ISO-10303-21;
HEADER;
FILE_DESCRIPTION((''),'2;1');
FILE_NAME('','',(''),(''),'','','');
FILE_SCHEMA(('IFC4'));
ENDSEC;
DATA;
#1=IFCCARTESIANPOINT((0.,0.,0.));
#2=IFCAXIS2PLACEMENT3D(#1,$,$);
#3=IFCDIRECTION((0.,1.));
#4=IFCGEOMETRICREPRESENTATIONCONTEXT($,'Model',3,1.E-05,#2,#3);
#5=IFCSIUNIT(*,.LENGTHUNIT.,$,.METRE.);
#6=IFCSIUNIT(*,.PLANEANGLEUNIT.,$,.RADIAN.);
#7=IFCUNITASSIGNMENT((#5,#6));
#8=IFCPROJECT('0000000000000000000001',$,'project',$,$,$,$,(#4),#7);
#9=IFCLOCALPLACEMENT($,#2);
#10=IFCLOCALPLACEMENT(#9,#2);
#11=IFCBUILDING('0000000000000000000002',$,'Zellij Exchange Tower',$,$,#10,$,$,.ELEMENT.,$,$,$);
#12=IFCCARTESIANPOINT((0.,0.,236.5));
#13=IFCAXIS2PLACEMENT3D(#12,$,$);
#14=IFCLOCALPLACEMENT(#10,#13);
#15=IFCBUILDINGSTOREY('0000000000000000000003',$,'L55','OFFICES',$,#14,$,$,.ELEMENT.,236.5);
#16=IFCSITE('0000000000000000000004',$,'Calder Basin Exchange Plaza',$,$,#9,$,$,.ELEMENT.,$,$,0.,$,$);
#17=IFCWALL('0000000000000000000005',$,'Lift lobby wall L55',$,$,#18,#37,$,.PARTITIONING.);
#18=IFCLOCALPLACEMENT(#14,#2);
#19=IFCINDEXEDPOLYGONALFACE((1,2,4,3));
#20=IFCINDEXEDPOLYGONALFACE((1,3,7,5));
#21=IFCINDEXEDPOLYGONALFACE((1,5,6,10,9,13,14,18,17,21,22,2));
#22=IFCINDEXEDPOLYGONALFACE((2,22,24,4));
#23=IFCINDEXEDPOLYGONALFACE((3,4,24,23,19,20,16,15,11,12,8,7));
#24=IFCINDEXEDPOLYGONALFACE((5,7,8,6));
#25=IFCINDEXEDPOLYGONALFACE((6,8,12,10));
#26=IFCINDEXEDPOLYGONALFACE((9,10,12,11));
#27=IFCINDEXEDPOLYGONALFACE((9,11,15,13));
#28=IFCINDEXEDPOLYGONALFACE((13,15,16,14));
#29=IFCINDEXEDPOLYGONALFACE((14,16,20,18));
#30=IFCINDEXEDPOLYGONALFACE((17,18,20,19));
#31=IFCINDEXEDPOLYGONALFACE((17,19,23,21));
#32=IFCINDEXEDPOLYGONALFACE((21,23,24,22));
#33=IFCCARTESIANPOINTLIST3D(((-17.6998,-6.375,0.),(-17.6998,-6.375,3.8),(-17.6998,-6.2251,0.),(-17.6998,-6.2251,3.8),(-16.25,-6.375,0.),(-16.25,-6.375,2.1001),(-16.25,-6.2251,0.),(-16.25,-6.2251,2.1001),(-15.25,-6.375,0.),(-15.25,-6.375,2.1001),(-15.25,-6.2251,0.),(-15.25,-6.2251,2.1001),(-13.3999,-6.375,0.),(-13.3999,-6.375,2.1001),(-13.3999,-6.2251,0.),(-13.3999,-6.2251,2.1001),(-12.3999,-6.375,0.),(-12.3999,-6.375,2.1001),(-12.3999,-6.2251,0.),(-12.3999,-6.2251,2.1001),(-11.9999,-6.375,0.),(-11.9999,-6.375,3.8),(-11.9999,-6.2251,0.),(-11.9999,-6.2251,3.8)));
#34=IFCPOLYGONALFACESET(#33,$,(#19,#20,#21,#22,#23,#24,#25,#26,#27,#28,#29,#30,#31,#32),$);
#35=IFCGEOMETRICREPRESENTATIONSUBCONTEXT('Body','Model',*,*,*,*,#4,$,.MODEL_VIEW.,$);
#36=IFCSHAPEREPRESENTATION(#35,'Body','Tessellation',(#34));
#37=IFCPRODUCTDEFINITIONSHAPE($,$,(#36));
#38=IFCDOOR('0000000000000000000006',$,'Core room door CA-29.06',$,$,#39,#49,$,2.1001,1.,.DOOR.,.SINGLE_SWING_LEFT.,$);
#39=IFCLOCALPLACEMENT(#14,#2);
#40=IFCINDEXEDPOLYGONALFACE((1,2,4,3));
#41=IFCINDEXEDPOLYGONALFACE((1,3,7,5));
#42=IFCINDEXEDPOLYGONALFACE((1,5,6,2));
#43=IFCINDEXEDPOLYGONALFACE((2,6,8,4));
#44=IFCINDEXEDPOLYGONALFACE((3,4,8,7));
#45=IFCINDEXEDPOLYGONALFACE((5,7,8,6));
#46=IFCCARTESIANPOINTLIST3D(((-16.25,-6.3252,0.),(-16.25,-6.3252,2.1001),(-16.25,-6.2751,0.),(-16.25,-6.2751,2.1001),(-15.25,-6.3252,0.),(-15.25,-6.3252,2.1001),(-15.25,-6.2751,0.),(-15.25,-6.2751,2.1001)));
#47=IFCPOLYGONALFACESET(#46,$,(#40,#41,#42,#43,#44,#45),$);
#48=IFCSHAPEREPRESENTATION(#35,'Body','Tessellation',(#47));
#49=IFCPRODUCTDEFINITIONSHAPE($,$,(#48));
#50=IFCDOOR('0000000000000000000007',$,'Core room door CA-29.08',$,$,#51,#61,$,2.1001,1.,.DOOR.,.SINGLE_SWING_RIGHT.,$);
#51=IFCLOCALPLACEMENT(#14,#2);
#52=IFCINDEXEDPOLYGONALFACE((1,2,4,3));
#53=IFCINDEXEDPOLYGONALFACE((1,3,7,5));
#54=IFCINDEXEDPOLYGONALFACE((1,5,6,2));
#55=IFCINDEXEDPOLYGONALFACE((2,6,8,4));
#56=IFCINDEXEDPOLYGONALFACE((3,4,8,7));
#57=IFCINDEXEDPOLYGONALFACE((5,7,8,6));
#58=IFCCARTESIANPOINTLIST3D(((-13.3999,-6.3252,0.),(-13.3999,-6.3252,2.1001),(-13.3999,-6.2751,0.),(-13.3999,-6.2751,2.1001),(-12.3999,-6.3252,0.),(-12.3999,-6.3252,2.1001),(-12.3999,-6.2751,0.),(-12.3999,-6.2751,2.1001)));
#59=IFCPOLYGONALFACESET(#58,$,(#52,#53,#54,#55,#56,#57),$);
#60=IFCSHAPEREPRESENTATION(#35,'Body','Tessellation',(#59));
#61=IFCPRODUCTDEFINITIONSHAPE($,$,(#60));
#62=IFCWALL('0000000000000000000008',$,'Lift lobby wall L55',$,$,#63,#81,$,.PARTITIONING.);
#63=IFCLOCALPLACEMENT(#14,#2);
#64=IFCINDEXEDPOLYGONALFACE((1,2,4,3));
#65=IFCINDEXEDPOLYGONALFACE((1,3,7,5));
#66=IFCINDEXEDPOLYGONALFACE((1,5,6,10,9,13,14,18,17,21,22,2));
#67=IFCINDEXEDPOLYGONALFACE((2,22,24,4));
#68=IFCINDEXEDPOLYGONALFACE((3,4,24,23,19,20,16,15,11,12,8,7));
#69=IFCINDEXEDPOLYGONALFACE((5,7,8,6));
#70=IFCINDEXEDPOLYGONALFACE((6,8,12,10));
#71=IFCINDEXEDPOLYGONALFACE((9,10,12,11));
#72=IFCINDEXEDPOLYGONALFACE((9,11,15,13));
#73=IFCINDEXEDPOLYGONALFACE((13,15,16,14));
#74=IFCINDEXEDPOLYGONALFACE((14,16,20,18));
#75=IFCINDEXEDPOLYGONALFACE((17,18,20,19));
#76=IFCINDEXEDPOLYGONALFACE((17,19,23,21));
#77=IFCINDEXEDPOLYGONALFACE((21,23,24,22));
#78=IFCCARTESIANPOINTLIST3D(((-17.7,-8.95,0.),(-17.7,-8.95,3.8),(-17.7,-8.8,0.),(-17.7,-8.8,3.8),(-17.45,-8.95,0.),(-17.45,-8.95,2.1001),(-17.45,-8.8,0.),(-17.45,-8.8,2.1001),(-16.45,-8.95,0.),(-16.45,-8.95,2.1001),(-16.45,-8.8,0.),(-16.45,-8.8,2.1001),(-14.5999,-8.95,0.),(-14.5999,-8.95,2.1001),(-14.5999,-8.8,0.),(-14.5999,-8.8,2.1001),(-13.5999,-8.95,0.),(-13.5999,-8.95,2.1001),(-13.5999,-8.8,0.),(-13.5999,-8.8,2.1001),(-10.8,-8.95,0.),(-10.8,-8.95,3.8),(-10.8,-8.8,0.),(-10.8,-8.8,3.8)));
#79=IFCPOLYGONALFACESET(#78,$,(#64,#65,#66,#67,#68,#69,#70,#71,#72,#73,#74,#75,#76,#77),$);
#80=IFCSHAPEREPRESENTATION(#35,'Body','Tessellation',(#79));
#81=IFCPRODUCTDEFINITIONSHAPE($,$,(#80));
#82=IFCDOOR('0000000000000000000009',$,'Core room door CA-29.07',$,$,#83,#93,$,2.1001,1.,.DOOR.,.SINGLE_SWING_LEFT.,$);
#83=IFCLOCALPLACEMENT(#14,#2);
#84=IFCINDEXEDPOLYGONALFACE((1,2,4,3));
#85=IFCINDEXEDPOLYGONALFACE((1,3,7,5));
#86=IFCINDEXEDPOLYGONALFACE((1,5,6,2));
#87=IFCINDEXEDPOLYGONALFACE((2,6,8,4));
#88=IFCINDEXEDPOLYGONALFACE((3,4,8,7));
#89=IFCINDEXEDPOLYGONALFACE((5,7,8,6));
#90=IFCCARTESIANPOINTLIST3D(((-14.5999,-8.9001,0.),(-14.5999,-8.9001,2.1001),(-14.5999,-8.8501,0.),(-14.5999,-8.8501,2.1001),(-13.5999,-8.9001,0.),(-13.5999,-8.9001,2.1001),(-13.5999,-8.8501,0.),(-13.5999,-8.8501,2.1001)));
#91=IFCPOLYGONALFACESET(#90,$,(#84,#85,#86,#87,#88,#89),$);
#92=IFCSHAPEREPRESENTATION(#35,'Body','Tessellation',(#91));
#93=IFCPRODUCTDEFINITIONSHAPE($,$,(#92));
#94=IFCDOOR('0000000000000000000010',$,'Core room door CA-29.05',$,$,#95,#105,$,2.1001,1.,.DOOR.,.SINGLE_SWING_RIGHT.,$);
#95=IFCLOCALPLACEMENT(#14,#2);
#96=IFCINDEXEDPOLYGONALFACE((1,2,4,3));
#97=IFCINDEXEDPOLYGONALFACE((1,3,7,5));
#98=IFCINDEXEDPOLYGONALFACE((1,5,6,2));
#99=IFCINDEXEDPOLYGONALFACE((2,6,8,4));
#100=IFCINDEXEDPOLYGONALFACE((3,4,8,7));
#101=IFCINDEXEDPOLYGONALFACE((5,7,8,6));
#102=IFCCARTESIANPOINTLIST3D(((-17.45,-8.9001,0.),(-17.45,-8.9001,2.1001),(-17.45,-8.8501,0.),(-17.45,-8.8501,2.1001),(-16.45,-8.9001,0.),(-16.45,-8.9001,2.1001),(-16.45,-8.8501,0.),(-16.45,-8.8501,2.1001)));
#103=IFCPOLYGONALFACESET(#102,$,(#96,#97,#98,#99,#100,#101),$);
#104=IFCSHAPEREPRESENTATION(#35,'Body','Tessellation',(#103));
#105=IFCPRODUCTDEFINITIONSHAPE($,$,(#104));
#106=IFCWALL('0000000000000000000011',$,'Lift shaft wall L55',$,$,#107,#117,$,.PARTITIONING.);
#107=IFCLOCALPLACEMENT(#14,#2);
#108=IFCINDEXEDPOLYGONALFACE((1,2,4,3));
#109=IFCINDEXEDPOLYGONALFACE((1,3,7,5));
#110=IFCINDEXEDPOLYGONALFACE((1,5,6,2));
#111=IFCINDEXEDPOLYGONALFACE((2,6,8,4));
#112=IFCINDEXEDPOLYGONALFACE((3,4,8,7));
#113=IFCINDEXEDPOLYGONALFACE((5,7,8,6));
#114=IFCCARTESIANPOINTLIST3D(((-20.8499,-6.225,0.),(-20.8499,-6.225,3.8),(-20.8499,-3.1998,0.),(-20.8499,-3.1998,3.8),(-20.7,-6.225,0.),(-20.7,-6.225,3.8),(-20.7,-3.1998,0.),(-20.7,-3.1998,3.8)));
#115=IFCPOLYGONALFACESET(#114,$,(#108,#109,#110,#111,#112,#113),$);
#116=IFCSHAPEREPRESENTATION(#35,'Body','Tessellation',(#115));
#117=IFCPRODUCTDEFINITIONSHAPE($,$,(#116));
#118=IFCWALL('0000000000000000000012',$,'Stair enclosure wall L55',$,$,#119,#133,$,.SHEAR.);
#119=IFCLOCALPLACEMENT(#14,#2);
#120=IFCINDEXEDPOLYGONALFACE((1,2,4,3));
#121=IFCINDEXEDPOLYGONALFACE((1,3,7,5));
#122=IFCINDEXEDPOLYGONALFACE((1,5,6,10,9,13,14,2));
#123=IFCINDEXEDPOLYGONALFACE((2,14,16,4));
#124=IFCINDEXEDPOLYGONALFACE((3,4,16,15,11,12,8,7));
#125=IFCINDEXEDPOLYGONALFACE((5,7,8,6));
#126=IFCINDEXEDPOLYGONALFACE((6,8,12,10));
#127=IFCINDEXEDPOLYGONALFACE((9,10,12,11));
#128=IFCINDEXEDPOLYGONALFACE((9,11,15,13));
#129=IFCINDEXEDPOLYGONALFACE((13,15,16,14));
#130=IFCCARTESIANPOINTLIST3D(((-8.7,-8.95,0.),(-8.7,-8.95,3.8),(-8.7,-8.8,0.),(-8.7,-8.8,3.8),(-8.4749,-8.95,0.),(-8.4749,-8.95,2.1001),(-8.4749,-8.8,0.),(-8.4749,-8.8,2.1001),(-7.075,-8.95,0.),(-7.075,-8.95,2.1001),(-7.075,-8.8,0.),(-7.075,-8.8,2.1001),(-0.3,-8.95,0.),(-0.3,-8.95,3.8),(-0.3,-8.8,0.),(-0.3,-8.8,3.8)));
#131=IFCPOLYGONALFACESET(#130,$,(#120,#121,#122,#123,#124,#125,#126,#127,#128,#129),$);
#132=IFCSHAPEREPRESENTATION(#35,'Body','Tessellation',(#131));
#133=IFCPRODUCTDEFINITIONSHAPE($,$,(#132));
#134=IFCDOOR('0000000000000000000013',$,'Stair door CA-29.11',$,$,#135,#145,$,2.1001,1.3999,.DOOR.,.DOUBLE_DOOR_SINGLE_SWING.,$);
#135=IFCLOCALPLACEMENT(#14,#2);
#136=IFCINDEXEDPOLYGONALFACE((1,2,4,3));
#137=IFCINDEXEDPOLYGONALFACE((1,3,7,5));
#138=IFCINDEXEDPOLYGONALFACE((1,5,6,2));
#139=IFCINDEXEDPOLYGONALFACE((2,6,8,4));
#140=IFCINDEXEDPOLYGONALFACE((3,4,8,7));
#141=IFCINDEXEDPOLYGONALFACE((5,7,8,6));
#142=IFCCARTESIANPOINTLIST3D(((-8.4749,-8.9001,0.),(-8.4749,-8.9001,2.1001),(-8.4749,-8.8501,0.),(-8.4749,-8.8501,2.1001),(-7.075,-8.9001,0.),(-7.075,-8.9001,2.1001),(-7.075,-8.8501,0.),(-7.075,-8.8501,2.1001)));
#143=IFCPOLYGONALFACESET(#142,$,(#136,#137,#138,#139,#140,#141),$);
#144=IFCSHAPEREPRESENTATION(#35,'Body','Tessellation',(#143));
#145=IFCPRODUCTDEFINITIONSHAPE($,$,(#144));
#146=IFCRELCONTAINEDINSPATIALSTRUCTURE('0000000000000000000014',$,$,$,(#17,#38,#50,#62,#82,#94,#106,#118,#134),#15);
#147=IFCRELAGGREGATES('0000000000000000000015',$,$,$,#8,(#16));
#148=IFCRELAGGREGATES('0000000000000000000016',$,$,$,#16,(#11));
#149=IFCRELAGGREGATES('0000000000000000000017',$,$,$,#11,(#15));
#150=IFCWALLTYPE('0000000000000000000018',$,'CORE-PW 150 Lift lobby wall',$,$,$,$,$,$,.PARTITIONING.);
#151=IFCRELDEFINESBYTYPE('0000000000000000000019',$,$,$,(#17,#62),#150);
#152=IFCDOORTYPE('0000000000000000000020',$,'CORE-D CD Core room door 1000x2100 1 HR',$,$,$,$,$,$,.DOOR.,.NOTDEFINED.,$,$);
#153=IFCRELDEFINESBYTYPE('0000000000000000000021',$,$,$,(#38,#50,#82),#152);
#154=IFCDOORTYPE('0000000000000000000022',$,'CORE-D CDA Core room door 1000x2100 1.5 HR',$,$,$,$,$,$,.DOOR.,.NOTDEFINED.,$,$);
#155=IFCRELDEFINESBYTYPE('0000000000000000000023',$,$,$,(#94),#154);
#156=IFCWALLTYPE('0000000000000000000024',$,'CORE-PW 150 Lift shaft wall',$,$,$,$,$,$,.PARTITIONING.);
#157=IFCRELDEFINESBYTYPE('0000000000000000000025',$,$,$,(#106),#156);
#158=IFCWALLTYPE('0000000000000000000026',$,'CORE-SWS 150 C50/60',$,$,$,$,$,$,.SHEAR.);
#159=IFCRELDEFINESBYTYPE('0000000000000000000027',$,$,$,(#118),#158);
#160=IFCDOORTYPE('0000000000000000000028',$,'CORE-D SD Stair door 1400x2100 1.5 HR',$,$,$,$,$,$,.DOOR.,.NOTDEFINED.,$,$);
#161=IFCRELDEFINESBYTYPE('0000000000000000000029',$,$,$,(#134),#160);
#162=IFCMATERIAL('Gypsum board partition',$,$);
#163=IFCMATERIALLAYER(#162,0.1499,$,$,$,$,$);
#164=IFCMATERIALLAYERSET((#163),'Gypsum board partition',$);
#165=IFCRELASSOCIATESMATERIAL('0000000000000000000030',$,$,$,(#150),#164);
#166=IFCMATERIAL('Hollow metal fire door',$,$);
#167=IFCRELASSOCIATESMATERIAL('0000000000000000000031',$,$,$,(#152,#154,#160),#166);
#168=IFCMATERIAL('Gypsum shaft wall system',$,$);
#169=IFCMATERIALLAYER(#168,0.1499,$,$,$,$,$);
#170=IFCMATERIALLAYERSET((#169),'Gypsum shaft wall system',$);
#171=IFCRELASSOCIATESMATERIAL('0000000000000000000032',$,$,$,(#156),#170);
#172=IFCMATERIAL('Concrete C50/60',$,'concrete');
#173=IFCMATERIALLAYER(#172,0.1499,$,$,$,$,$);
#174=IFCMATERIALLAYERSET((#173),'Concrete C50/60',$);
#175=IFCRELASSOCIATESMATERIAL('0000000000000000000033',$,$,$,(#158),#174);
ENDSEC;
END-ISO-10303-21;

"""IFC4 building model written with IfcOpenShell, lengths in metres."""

from ifc_helpers import new_model, si_unit, direction, frame, frame_2d, origin, place, context, subcontext, project, spatial, rectangle, extrude, material, layer, layer_set, type_object, element, fill, save


model = new_model("IFC4")

# Units and contexts
model_context = context("Model", 3, precision=1e-05, world=origin(), true_north=direction((0.0, 1.0)))
body_context = subcontext(model_context, "Body", "Model", "MODEL_VIEW")
ifc_project = project(units=[si_unit("LENGTHUNIT", "METRE"), si_unit("PLANEANGLEUNIT", "RADIAN")], contexts=[model_context])

# Site, building, storey
site_placement = place(None, origin())
site = spatial("IfcSite", under=ifc_project, at=site_placement, Name="Calder Basin Exchange Plaza", CompositionType="ELEMENT", RefElevation=0.0)
building_placement = place(site_placement, origin())
building = spatial("IfcBuilding", under=site, at=building_placement, Name="Zellij Exchange Tower", CompositionType="ELEMENT")
storey_placement = place(building_placement, frame((0.0, 0.0, 236.5)))
storey = spatial("IfcBuildingStorey", under=building, at=storey_placement, Name="L55", Description="OFFICES", CompositionType="ELEMENT", Elevation=236.5)

# Shared definitions
ifc_material_1 = material(Name="Concrete C50/60", Category="concrete")

# Shared definitions
ifc_material_2 = material(Name="Gypsum shaft wall system")
ifc_material_3 = material(Name="Hollow metal fire door")

# Shared definitions
ifc_material_4 = material(Name="Gypsum board partition")
ifc_layer_1 = layer(ifc_material_4, 0.1499)
ifc_layer_set_1 = layer_set([ifc_layer_1], Name="Gypsum board partition")
wall_type_1 = type_object("IfcWallType", Name="CORE-PW 150 Lift lobby wall", PredefinedType="PARTITIONING", material=ifc_layer_set_1)

# Walls, openings, doors
wall_1_placement = place(storey_placement, frame((-17.7, -6.3, 0.0), z_axis=(0.0, 0.0, 1.0), x_axis=(1.0, 0.0, 0.0)))
wall_1 = element("IfcWall", 1, at=wall_1_placement, inside=storey, type_object=wall_type_1, Name="Lift lobby wall L55", PredefinedType="PARTITIONING", context=body_context, shape_type="SweptSolid", body=[
    extrude(rectangle(XDim=5.7, YDim=0.1499, at=frame_2d((2.8501, 0.0))), origin(), (0.0, 0.0, 1.0), 3.8),
])
opening_1_placement = place(wall_1_placement, frame((1.45, 0.0, 0.0)))
opening_1 = element("IfcOpeningElement", 2, at=opening_1_placement, cuts=wall_1, PredefinedType="OPENING", context=body_context, shape_type="SweptSolid", body=[
    extrude(rectangle(XDim=1.0, YDim=2.1001, at=frame_2d((0.5, 1.05))), frame((0.0, 0.0869, 0.0), z_axis=(0.0, -1.0, 0.0), x_axis=(1.0, 0.0, 0.0)), (0.0, 0.0, 1.0), 0.1738),
])
opening_2_placement = place(wall_1_placement, frame((4.3, 0.0, 0.0)))
opening_2 = element("IfcOpeningElement", 3, at=opening_2_placement, cuts=wall_1, PredefinedType="OPENING", context=body_context, shape_type="SweptSolid", body=[
    extrude(rectangle(XDim=1.0, YDim=2.1001, at=frame_2d((0.5, 1.05))), frame((0.0, 0.0869, 0.0), z_axis=(0.0, -1.0, 0.0), x_axis=(1.0, 0.0, 0.0)), (0.0, 0.0, 1.0), 0.1738),
])
door_type_1 = type_object("IfcDoorType", Name="CORE-D CD Core room door 1000x2100 1 HR", OperationType="NOTDEFINED", PredefinedType="DOOR", material=ifc_material_3)
door_1_placement = place(opening_1_placement, origin())
door_1 = element("IfcDoor", 4, at=door_1_placement, inside=storey, type_object=door_type_1, Name="Core room door CA-29.06", OperationType="SINGLE_SWING_LEFT", OverallHeight=2.1001, OverallWidth=1.0, PredefinedType="DOOR", context=body_context, shape_type="SweptSolid", body=[
    extrude(rectangle(XDim=1.0, YDim=2.1001, at=frame_2d((0.5, 1.05))), frame((0.0, 0.0249, 0.0), z_axis=(0.0, -1.0, 0.0), x_axis=(1.0, 0.0, 0.0)), (0.0, 0.0, 1.0), 0.05),
])
fill(opening_1, door_1)
door_2_placement = place(opening_2_placement, origin())
door_2 = element("IfcDoor", 5, at=door_2_placement, inside=storey, type_object=door_type_1, Name="Core room door CA-29.08", OperationType="SINGLE_SWING_RIGHT", OverallHeight=2.1001, OverallWidth=1.0, PredefinedType="DOOR", context=body_context, shape_type="SweptSolid", body=[
    extrude(rectangle(XDim=1.0, YDim=2.1001, at=frame_2d((0.5, 1.05))), frame((0.0, 0.0249, 0.0), z_axis=(0.0, -1.0, 0.0), x_axis=(1.0, 0.0, 0.0)), (0.0, 0.0, 1.0), 0.05),
])
fill(opening_2, door_2)
wall_2_placement = place(storey_placement, frame((-17.7, -8.875, 0.0), z_axis=(0.0, 0.0, 1.0), x_axis=(1.0, 0.0, 0.0)))
wall_2 = element("IfcWall", 6, at=wall_2_placement, inside=storey, type_object=wall_type_1, Name="Lift lobby wall L55", PredefinedType="PARTITIONING", context=body_context, shape_type="SweptSolid", body=[
    extrude(rectangle(XDim=6.8999, YDim=0.1499, at=frame_2d((3.45, 0.0))), origin(), (0.0, 0.0, 1.0), 3.8),
])
opening_3_placement = place(wall_2_placement, frame((0.25, 0.0, 0.0)))
opening_3 = element("IfcOpeningElement", 7, at=opening_3_placement, cuts=wall_2, PredefinedType="OPENING", context=body_context, shape_type="SweptSolid", body=[
    extrude(rectangle(XDim=1.0, YDim=2.1001, at=frame_2d((0.5, 1.05))), frame((0.0, 0.0869, 0.0), z_axis=(0.0, -1.0, 0.0), x_axis=(1.0, 0.0, 0.0)), (0.0, 0.0, 1.0), 0.1738),
])
opening_4_placement = place(wall_2_placement, frame((3.1001, 0.0, 0.0)))
opening_4 = element("IfcOpeningElement", 8, at=opening_4_placement, cuts=wall_2, PredefinedType="OPENING", context=body_context, shape_type="SweptSolid", body=[
    extrude(rectangle(XDim=1.0, YDim=2.1001, at=frame_2d((0.5, 1.05))), frame((0.0, 0.0869, 0.0), z_axis=(0.0, -1.0, 0.0), x_axis=(1.0, 0.0, 0.0)), (0.0, 0.0, 1.0), 0.1738),
])
door_3_placement = place(opening_4_placement, origin())
door_3 = element("IfcDoor", 9, at=door_3_placement, inside=storey, type_object=door_type_1, Name="Core room door CA-29.07", OperationType="SINGLE_SWING_LEFT", OverallHeight=2.1001, OverallWidth=1.0, PredefinedType="DOOR", context=body_context, shape_type="SweptSolid", body=[
    extrude(rectangle(XDim=1.0, YDim=2.1001, at=frame_2d((0.5, 1.05))), frame((0.0, 0.0249, 0.0), z_axis=(0.0, -1.0, 0.0), x_axis=(1.0, 0.0, 0.0)), (0.0, 0.0, 1.0), 0.05),
])
fill(opening_4, door_3)
door_type_2 = type_object("IfcDoorType", Name="CORE-D CDA Core room door 1000x2100 1.5 HR", OperationType="NOTDEFINED", PredefinedType="DOOR", material=ifc_material_3)
door_4_placement = place(opening_3_placement, origin())
door_4 = element("IfcDoor", 10, at=door_4_placement, inside=storey, type_object=door_type_2, Name="Core room door CA-29.05", OperationType="SINGLE_SWING_RIGHT", OverallHeight=2.1001, OverallWidth=1.0, PredefinedType="DOOR", context=body_context, shape_type="SweptSolid", body=[
    extrude(rectangle(XDim=1.0, YDim=2.1001, at=frame_2d((0.5, 1.05))), frame((0.0, 0.0249, 0.0), z_axis=(0.0, -1.0, 0.0), x_axis=(1.0, 0.0, 0.0)), (0.0, 0.0, 1.0), 0.05),
])
fill(opening_3, door_4)

# Wall
ifc_layer_2 = layer(ifc_material_2, 0.1499)
ifc_layer_set_2 = layer_set([ifc_layer_2], Name="Gypsum shaft wall system")
wall_type_2 = type_object("IfcWallType", Name="CORE-PW 150 Lift shaft wall", PredefinedType="PARTITIONING", material=ifc_layer_set_2)
wall_3_placement = place(storey_placement, frame((-20.7749, -6.2251, 0.0), z_axis=(0.0, 0.0, 1.0), x_axis=(0.0, 1.0, 0.0)))
element("IfcWall", 11, at=wall_3_placement, inside=storey, type_object=wall_type_2, Name="Lift shaft wall L55", PredefinedType="PARTITIONING", context=body_context, shape_type="SweptSolid", body=[
    extrude(rectangle(XDim=3.0251, YDim=0.1499, at=frame_2d((1.5127, 0.0))), origin(), (0.0, 0.0, 1.0), 3.8),
])

# Wall, opening, door
ifc_layer_3 = layer(ifc_material_1, 0.1499)
ifc_layer_set_3 = layer_set([ifc_layer_3], Name="Concrete C50/60")
wall_type_3 = type_object("IfcWallType", Name="CORE-SWS 150 C50/60", PredefinedType="SHEAR", material=ifc_layer_set_3)
wall_4_placement = place(storey_placement, frame((-8.7, -8.875, 0.0), z_axis=(0.0, 0.0, 1.0), x_axis=(1.0, 0.0, 0.0)))
wall_4 = element("IfcWall", 12, at=wall_4_placement, inside=storey, type_object=wall_type_3, Name="Stair enclosure wall L55", PredefinedType="SHEAR", context=body_context, shape_type="SweptSolid", body=[
    extrude(rectangle(XDim=8.3999, YDim=0.1499, at=frame_2d((4.2, 0.0))), origin(), (0.0, 0.0, 1.0), 3.8),
])
opening_5_placement = place(wall_4_placement, frame((0.2251, 0.0, 0.0)))
opening_5 = element("IfcOpeningElement", 13, at=opening_5_placement, cuts=wall_4, PredefinedType="OPENING", context=body_context, shape_type="SweptSolid", body=[
    extrude(rectangle(XDim=1.3999, YDim=2.1001, at=frame_2d((0.7, 1.05))), frame((0.0, 0.0869, 0.0), z_axis=(0.0, -1.0, 0.0), x_axis=(1.0, 0.0, 0.0)), (0.0, 0.0, 1.0), 0.1738),
])
door_type_3 = type_object("IfcDoorType", Name="CORE-D SD Stair door 1400x2100 1.5 HR", OperationType="NOTDEFINED", PredefinedType="DOOR", material=ifc_material_3)
door_5_placement = place(opening_5_placement, origin())
door_5 = element("IfcDoor", 14, at=door_5_placement, inside=storey, type_object=door_type_3, Name="Stair door CA-29.11", OperationType="DOUBLE_DOOR_SINGLE_SWING", OverallHeight=2.1001, OverallWidth=1.3999, PredefinedType="DOOR", context=body_context, shape_type="SweptSolid", body=[
    extrude(rectangle(XDim=1.3999, YDim=2.1001, at=frame_2d((0.7, 1.05))), frame((0.0, 0.0249, 0.0), z_axis=(0.0, -1.0, 0.0), x_axis=(1.0, 0.0, 0.0)), (0.0, 0.0, 1.0), 0.05),
])
fill(opening_5, door_5)

save(model, "model.ifc")
